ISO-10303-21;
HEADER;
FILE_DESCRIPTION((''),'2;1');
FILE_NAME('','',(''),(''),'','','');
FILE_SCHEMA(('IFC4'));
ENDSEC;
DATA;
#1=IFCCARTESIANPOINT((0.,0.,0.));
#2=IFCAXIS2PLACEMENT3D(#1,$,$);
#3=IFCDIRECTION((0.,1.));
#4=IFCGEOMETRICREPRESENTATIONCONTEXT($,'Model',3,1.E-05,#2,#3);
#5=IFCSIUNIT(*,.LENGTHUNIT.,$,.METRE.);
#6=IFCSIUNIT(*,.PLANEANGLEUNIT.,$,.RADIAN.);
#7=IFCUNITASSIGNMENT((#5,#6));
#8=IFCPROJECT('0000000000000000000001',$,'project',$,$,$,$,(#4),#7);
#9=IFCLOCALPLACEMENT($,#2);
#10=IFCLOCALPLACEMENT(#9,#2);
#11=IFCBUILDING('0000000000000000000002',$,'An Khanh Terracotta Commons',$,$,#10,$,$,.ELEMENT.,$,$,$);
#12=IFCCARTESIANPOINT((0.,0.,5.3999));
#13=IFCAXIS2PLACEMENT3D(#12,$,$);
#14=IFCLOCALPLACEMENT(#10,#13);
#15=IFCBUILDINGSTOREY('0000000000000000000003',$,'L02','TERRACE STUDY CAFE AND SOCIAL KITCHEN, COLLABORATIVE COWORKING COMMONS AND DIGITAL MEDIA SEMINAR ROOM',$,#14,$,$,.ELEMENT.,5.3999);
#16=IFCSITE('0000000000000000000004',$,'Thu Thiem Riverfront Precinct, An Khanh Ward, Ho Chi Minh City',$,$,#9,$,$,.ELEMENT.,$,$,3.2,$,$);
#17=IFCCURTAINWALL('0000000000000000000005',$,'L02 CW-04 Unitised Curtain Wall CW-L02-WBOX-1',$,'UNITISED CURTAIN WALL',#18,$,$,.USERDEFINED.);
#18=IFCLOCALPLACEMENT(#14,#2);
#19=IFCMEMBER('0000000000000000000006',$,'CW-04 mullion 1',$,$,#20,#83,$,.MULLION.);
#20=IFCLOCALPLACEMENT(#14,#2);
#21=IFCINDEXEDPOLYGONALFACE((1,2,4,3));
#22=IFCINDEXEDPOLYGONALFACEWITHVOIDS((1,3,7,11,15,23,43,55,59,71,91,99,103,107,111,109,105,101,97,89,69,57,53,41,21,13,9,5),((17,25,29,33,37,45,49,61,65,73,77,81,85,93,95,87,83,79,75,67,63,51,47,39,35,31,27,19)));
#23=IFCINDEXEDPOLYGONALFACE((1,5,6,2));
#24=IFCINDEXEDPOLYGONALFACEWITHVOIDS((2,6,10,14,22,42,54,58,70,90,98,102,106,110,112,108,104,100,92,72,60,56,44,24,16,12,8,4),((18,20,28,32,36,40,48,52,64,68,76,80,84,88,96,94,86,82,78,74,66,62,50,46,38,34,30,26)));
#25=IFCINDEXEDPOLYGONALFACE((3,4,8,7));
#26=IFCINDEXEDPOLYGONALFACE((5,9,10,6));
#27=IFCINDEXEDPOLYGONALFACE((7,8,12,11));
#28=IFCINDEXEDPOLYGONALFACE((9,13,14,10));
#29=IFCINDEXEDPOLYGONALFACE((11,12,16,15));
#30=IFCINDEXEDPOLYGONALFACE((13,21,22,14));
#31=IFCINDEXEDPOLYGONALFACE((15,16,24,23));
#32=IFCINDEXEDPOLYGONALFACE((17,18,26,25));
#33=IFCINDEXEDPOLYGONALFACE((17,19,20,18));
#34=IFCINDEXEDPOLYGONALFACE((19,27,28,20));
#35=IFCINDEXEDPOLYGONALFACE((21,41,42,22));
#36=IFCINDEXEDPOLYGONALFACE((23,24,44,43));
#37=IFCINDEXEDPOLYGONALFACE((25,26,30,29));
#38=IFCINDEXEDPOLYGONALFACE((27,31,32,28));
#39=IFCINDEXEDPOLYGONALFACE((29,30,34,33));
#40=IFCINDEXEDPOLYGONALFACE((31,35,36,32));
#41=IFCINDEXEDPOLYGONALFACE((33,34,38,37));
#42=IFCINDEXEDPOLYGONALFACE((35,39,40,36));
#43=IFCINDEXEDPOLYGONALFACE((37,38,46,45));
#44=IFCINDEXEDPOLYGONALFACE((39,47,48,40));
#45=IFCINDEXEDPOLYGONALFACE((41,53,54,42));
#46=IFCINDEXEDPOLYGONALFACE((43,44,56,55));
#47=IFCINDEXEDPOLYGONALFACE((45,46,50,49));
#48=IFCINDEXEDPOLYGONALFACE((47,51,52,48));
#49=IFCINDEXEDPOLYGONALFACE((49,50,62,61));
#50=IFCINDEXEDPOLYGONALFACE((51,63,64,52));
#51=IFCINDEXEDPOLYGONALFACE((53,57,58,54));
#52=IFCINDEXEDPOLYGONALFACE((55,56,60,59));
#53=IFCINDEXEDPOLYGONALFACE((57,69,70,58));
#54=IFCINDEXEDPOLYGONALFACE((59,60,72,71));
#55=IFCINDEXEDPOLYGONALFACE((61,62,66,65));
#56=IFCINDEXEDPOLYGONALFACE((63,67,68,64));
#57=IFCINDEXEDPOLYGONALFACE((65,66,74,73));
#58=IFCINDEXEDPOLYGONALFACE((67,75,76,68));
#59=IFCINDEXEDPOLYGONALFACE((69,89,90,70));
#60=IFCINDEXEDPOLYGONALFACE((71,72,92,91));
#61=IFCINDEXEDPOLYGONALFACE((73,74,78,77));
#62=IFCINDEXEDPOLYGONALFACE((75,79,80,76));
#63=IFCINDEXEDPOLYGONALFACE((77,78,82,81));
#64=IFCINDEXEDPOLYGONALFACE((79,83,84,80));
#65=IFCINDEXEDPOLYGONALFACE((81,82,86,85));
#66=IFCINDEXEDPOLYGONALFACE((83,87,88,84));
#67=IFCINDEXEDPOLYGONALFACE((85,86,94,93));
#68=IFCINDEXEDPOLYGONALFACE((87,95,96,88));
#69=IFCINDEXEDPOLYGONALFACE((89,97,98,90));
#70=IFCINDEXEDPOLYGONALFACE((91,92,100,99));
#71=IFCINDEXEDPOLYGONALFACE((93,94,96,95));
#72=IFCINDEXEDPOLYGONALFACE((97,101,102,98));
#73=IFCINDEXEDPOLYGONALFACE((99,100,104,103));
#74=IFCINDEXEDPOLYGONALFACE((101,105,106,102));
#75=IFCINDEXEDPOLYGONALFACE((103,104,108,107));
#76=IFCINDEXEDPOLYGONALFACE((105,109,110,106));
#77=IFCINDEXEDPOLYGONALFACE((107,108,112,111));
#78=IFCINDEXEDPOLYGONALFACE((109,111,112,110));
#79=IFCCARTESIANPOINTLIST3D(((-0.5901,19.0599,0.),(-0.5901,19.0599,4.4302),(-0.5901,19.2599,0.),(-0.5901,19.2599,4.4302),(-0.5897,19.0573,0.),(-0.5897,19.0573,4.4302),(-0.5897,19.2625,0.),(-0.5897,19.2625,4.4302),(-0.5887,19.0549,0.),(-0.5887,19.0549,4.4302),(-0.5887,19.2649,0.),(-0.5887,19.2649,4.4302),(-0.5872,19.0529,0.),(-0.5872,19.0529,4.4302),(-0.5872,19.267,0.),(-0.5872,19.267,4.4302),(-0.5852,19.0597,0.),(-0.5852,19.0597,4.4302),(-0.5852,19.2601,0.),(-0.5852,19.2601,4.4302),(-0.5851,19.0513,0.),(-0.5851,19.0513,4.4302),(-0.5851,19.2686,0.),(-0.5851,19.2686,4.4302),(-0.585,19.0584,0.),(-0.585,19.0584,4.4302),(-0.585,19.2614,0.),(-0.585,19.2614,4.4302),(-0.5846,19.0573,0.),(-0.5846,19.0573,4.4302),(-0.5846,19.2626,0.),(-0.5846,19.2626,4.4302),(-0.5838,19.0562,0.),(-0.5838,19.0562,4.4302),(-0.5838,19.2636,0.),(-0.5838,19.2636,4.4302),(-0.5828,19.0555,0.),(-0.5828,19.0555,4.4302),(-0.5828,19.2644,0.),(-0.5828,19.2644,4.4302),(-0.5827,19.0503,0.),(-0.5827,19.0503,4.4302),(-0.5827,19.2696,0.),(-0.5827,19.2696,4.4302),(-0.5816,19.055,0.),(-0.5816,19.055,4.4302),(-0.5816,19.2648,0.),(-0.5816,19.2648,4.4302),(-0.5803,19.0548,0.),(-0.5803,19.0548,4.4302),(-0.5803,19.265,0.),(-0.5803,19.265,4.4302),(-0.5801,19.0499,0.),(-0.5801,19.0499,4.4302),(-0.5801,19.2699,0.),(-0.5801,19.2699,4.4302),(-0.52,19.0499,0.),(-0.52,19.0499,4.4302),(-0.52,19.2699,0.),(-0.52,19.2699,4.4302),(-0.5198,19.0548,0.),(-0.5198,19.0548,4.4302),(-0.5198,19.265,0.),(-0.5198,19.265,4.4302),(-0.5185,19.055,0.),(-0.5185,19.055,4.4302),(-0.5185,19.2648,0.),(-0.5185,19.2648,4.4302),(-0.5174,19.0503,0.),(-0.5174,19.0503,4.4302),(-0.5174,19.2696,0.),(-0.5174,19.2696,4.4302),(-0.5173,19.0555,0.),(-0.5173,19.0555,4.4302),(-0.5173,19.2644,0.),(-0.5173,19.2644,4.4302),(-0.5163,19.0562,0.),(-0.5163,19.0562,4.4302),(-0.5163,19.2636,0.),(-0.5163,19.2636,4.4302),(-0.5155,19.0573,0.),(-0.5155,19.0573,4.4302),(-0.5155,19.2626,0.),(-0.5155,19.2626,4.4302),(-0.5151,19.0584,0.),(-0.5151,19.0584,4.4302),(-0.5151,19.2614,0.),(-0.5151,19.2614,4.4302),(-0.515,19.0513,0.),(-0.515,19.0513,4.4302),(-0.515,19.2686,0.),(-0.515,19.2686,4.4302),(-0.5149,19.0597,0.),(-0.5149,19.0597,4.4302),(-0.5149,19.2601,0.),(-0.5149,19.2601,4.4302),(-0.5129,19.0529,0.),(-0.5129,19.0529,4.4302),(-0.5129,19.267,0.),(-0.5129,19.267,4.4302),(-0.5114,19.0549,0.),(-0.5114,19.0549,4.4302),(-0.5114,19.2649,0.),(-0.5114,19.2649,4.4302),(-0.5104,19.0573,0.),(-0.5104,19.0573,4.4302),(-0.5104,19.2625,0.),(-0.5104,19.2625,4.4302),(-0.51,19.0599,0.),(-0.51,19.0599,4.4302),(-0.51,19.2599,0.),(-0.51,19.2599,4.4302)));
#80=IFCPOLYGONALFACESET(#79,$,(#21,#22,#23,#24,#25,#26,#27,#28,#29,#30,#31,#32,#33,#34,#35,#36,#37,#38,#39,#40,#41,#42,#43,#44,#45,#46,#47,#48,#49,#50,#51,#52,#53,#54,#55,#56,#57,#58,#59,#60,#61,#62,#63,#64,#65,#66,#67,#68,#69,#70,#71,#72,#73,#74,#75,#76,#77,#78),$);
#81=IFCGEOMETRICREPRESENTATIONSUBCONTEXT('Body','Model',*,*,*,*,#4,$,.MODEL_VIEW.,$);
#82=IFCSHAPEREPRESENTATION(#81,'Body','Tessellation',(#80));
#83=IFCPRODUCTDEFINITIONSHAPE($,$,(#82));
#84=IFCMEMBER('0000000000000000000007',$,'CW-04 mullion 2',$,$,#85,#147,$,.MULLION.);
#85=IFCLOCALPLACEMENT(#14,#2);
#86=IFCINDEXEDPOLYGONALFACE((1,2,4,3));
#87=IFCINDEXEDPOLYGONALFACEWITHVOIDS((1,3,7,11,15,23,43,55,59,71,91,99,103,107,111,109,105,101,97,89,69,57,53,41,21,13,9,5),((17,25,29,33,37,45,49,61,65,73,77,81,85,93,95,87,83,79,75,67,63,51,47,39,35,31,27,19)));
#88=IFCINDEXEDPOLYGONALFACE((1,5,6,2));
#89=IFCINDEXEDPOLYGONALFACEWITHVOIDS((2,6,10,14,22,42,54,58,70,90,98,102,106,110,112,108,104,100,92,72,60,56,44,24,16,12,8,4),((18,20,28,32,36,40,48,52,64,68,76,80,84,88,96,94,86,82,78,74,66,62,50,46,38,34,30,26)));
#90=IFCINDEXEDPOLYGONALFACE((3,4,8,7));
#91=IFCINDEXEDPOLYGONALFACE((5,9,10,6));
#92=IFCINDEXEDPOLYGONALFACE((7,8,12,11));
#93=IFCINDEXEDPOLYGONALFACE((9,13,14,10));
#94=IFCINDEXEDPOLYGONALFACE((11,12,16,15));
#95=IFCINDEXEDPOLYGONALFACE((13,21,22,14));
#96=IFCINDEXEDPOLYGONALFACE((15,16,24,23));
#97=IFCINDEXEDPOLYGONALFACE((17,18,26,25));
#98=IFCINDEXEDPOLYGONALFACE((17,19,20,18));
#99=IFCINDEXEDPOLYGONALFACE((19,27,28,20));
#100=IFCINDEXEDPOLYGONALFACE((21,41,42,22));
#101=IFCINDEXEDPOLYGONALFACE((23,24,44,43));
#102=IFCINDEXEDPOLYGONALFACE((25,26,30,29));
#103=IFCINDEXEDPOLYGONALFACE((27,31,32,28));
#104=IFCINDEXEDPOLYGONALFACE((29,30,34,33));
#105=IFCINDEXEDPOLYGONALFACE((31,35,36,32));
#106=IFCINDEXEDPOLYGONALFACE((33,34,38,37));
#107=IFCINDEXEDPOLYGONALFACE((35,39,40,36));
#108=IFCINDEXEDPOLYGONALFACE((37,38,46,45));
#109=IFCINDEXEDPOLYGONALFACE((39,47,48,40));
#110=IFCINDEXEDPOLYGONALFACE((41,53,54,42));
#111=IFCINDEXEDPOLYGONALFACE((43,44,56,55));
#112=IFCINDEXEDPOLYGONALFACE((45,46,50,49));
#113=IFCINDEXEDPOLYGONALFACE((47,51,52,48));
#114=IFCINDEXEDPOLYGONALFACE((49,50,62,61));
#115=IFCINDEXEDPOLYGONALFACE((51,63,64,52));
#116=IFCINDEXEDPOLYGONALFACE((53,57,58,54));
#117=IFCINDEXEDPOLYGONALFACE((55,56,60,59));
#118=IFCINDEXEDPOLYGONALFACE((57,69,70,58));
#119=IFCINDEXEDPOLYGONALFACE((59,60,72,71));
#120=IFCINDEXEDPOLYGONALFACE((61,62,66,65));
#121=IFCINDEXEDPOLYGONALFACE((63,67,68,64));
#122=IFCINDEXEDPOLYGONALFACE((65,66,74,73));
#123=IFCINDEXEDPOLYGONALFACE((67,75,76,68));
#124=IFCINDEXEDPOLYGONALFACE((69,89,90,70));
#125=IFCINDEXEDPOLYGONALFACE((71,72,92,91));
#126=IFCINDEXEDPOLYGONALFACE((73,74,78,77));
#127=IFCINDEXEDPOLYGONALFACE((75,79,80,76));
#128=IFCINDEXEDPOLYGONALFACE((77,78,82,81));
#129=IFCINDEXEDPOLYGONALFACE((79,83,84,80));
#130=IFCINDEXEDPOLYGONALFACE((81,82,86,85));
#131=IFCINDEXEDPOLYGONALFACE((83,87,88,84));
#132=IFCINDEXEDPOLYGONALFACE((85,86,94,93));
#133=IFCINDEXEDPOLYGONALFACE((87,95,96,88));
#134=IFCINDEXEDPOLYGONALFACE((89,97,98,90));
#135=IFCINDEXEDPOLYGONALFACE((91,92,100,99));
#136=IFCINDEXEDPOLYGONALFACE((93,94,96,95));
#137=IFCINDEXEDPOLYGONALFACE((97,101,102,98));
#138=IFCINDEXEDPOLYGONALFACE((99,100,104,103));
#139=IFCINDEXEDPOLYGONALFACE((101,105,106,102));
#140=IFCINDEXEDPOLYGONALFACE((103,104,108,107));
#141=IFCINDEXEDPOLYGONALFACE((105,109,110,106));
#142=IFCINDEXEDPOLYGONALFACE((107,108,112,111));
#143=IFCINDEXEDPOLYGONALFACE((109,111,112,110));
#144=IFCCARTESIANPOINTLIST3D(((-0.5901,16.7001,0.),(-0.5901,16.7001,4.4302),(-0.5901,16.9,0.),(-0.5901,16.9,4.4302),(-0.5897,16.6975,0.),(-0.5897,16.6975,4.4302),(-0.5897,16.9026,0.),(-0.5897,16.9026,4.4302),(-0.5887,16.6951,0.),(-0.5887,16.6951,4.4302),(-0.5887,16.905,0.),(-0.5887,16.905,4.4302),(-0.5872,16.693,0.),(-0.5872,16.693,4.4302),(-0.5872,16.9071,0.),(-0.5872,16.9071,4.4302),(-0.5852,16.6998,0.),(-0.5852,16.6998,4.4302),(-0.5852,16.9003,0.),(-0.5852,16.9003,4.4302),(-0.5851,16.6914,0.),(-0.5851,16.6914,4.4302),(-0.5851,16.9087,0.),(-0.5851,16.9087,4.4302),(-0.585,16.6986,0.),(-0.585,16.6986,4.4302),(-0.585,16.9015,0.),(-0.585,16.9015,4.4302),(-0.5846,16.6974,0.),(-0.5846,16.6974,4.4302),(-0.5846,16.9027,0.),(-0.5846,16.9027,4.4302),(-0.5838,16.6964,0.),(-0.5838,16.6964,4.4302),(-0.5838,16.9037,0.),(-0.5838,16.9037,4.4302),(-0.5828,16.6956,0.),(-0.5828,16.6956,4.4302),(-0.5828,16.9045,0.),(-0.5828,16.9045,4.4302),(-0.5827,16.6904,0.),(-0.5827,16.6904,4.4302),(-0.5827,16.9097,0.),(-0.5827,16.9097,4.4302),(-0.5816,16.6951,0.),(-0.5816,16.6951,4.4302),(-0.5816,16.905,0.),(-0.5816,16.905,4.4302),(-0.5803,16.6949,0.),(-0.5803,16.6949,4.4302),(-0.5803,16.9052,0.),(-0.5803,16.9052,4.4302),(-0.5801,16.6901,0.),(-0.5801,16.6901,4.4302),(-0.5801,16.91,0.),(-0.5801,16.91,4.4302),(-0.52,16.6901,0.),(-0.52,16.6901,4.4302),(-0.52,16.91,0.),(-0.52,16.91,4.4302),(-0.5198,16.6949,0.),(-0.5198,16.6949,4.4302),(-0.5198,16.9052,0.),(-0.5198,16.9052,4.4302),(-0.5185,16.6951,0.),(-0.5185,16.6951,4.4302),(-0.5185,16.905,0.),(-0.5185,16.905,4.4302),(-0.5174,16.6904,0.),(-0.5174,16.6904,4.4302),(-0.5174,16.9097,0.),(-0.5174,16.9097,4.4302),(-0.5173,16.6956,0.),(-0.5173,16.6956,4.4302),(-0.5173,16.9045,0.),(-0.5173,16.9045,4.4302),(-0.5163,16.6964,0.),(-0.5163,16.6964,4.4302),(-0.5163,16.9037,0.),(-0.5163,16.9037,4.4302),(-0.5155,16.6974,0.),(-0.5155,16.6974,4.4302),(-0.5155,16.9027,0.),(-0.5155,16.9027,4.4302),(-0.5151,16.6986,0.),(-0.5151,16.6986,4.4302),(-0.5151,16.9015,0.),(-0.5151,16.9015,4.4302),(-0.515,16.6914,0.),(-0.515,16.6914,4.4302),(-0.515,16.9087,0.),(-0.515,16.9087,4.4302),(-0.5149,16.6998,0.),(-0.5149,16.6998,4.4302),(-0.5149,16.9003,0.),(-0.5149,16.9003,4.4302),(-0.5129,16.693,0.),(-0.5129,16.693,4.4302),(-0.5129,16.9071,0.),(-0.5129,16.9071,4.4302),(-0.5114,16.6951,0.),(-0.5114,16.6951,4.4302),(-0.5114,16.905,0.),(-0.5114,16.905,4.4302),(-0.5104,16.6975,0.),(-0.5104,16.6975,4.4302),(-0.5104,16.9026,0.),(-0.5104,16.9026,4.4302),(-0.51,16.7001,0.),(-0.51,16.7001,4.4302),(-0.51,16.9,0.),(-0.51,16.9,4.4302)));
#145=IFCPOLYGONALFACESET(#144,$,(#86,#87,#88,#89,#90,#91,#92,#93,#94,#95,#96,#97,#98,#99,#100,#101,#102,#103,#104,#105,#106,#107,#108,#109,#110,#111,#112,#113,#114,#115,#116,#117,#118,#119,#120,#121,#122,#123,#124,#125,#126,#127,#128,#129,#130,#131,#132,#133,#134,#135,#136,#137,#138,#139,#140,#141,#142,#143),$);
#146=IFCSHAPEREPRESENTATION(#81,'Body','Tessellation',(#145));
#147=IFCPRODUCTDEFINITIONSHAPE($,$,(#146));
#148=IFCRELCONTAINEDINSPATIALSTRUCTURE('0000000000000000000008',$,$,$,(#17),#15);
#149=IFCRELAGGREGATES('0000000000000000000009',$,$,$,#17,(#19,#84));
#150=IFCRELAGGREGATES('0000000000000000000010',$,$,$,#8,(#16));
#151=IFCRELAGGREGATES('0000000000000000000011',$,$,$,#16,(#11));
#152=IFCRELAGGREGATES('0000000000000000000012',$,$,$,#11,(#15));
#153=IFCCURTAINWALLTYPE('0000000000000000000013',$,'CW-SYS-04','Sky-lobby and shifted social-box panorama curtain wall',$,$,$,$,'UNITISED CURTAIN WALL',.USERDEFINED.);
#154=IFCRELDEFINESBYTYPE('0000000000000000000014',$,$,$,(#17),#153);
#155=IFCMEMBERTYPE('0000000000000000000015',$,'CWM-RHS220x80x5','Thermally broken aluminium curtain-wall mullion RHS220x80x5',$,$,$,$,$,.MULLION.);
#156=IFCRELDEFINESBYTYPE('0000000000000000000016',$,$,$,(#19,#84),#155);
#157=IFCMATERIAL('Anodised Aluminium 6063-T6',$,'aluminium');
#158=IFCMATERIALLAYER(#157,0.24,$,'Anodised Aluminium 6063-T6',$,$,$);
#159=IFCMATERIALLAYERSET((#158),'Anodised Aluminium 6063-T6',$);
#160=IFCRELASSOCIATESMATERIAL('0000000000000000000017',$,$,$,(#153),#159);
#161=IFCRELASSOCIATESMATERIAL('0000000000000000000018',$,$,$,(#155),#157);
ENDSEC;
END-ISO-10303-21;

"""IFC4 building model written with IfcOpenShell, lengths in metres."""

from ifc_helpers import new_model, si_unit, direction, frame, origin, origin_2d, place, context, subcontext, project, spatial, hollow_rectangle, extrude, material, layer, layer_set, material_profile, profile_set, type_object, element, aggregate, save


model = new_model("IFC4")

# Units and contexts
model_context = context("Model", 3, precision=1e-05, world=origin(), true_north=direction((0.0, 1.0)))
body_context = subcontext(model_context, "Body", "Model", "MODEL_VIEW")
ifc_project = project(units=[si_unit("LENGTHUNIT", "METRE"), si_unit("PLANEANGLEUNIT", "RADIAN")], contexts=[model_context])

# Site, building, storey
site_placement = place(None, origin())
site = spatial("IfcSite", under=ifc_project, at=site_placement, Name="Thu Thiem Riverfront Precinct, An Khanh Ward, Ho Chi Minh City", CompositionType="ELEMENT", RefElevation=3.2)
building_placement = place(site_placement, origin())
building = spatial("IfcBuilding", under=site, at=building_placement, Name="An Khanh Terracotta Commons", CompositionType="ELEMENT")
storey_placement = place(building_placement, frame((0.0, 0.0, 5.3999)))
storey = spatial("IfcBuildingStorey", under=building, at=storey_placement, Name="L02", Description="TERRACE STUDY CAFE AND SOCIAL KITCHEN, COLLABORATIVE COWORKING COMMONS AND DIGITAL MEDIA SEMINAR ROOM", CompositionType="ELEMENT", Elevation=5.3999)

# Curtain wall, members
ifc_material_1 = material(Name="Anodised Aluminium 6063-T6", Category="aluminium")
ifc_layer_1 = layer(ifc_material_1, 0.24, Name="Anodised Aluminium 6063-T6")
ifc_layer_set_1 = layer_set([ifc_layer_1], Name="Anodised Aluminium 6063-T6")
curtain_wall_type = type_object("IfcCurtainWallType", Name="CW-SYS-04", Description="Sky-lobby and shifted social-box panorama curtain wall", ElementType="UNITISED CURTAIN WALL", PredefinedType="USERDEFINED", material=ifc_layer_set_1)
curtain_wall_1_placement = place(storey_placement, origin())
curtain_wall_1 = element("IfcCurtainWall", 1, at=curtain_wall_1_placement, inside=storey, type_object=curtain_wall_type, Name="L02 CW-04 Unitised Curtain Wall CW-L02-WBOX-1", ObjectType="UNITISED CURTAIN WALL", PredefinedType="USERDEFINED")
ifc_material_profile_1 = material_profile(ifc_material_1, hollow_rectangle(XDim=0.0801, YDim=0.22, WallThickness=0.0049, InnerFilletRadius=0.0049, OuterFilletRadius=0.01, at=origin_2d()), Name="RHS220x80x5")
ifc_profile_set_1 = profile_set([ifc_material_profile_1], Name="Anodised Aluminium 6063-T6")
member_type_1 = type_object("IfcMemberType", Name="CWM-RHS220x80x5", Description="Thermally broken aluminium curtain-wall mullion RHS220x80x5", PredefinedType="MULLION", material=ifc_profile_set_1)
member_1_placement = place(storey_placement, frame((-0.55, 19.1599, 0.0), z_axis=(0.0, 0.0, 1.0), x_axis=(1.0, 0.0, 0.0)))
member_1 = element("IfcMember", 2, at=member_1_placement, type_object=member_type_1, Name="CW-04 mullion 1", PredefinedType="MULLION", context=body_context, shape_type="SweptSolid", body=[
    extrude(hollow_rectangle(XDim=0.0801, YDim=0.22, WallThickness=0.0049, InnerFilletRadius=0.0049, OuterFilletRadius=0.01, at=origin_2d()), origin(), (0.0, 0.0, 1.0), 4.4302),
])
member_2_placement = place(storey_placement, frame((-0.55, 16.8, 0.0), z_axis=(0.0, 0.0, 1.0), x_axis=(1.0, 0.0, 0.0)))
member_2 = element("IfcMember", 3, at=member_2_placement, type_object=member_type_1, Name="CW-04 mullion 2", PredefinedType="MULLION", context=body_context, shape_type="SweptSolid", body=[
    extrude(hollow_rectangle(XDim=0.0801, YDim=0.22, WallThickness=0.0049, InnerFilletRadius=0.0049, OuterFilletRadius=0.01, at=origin_2d()), origin(), (0.0, 0.0, 1.0), 4.4302),
])

aggregate(curtain_wall_1, [member_1, member_2])

save(model, "model.ifc")
